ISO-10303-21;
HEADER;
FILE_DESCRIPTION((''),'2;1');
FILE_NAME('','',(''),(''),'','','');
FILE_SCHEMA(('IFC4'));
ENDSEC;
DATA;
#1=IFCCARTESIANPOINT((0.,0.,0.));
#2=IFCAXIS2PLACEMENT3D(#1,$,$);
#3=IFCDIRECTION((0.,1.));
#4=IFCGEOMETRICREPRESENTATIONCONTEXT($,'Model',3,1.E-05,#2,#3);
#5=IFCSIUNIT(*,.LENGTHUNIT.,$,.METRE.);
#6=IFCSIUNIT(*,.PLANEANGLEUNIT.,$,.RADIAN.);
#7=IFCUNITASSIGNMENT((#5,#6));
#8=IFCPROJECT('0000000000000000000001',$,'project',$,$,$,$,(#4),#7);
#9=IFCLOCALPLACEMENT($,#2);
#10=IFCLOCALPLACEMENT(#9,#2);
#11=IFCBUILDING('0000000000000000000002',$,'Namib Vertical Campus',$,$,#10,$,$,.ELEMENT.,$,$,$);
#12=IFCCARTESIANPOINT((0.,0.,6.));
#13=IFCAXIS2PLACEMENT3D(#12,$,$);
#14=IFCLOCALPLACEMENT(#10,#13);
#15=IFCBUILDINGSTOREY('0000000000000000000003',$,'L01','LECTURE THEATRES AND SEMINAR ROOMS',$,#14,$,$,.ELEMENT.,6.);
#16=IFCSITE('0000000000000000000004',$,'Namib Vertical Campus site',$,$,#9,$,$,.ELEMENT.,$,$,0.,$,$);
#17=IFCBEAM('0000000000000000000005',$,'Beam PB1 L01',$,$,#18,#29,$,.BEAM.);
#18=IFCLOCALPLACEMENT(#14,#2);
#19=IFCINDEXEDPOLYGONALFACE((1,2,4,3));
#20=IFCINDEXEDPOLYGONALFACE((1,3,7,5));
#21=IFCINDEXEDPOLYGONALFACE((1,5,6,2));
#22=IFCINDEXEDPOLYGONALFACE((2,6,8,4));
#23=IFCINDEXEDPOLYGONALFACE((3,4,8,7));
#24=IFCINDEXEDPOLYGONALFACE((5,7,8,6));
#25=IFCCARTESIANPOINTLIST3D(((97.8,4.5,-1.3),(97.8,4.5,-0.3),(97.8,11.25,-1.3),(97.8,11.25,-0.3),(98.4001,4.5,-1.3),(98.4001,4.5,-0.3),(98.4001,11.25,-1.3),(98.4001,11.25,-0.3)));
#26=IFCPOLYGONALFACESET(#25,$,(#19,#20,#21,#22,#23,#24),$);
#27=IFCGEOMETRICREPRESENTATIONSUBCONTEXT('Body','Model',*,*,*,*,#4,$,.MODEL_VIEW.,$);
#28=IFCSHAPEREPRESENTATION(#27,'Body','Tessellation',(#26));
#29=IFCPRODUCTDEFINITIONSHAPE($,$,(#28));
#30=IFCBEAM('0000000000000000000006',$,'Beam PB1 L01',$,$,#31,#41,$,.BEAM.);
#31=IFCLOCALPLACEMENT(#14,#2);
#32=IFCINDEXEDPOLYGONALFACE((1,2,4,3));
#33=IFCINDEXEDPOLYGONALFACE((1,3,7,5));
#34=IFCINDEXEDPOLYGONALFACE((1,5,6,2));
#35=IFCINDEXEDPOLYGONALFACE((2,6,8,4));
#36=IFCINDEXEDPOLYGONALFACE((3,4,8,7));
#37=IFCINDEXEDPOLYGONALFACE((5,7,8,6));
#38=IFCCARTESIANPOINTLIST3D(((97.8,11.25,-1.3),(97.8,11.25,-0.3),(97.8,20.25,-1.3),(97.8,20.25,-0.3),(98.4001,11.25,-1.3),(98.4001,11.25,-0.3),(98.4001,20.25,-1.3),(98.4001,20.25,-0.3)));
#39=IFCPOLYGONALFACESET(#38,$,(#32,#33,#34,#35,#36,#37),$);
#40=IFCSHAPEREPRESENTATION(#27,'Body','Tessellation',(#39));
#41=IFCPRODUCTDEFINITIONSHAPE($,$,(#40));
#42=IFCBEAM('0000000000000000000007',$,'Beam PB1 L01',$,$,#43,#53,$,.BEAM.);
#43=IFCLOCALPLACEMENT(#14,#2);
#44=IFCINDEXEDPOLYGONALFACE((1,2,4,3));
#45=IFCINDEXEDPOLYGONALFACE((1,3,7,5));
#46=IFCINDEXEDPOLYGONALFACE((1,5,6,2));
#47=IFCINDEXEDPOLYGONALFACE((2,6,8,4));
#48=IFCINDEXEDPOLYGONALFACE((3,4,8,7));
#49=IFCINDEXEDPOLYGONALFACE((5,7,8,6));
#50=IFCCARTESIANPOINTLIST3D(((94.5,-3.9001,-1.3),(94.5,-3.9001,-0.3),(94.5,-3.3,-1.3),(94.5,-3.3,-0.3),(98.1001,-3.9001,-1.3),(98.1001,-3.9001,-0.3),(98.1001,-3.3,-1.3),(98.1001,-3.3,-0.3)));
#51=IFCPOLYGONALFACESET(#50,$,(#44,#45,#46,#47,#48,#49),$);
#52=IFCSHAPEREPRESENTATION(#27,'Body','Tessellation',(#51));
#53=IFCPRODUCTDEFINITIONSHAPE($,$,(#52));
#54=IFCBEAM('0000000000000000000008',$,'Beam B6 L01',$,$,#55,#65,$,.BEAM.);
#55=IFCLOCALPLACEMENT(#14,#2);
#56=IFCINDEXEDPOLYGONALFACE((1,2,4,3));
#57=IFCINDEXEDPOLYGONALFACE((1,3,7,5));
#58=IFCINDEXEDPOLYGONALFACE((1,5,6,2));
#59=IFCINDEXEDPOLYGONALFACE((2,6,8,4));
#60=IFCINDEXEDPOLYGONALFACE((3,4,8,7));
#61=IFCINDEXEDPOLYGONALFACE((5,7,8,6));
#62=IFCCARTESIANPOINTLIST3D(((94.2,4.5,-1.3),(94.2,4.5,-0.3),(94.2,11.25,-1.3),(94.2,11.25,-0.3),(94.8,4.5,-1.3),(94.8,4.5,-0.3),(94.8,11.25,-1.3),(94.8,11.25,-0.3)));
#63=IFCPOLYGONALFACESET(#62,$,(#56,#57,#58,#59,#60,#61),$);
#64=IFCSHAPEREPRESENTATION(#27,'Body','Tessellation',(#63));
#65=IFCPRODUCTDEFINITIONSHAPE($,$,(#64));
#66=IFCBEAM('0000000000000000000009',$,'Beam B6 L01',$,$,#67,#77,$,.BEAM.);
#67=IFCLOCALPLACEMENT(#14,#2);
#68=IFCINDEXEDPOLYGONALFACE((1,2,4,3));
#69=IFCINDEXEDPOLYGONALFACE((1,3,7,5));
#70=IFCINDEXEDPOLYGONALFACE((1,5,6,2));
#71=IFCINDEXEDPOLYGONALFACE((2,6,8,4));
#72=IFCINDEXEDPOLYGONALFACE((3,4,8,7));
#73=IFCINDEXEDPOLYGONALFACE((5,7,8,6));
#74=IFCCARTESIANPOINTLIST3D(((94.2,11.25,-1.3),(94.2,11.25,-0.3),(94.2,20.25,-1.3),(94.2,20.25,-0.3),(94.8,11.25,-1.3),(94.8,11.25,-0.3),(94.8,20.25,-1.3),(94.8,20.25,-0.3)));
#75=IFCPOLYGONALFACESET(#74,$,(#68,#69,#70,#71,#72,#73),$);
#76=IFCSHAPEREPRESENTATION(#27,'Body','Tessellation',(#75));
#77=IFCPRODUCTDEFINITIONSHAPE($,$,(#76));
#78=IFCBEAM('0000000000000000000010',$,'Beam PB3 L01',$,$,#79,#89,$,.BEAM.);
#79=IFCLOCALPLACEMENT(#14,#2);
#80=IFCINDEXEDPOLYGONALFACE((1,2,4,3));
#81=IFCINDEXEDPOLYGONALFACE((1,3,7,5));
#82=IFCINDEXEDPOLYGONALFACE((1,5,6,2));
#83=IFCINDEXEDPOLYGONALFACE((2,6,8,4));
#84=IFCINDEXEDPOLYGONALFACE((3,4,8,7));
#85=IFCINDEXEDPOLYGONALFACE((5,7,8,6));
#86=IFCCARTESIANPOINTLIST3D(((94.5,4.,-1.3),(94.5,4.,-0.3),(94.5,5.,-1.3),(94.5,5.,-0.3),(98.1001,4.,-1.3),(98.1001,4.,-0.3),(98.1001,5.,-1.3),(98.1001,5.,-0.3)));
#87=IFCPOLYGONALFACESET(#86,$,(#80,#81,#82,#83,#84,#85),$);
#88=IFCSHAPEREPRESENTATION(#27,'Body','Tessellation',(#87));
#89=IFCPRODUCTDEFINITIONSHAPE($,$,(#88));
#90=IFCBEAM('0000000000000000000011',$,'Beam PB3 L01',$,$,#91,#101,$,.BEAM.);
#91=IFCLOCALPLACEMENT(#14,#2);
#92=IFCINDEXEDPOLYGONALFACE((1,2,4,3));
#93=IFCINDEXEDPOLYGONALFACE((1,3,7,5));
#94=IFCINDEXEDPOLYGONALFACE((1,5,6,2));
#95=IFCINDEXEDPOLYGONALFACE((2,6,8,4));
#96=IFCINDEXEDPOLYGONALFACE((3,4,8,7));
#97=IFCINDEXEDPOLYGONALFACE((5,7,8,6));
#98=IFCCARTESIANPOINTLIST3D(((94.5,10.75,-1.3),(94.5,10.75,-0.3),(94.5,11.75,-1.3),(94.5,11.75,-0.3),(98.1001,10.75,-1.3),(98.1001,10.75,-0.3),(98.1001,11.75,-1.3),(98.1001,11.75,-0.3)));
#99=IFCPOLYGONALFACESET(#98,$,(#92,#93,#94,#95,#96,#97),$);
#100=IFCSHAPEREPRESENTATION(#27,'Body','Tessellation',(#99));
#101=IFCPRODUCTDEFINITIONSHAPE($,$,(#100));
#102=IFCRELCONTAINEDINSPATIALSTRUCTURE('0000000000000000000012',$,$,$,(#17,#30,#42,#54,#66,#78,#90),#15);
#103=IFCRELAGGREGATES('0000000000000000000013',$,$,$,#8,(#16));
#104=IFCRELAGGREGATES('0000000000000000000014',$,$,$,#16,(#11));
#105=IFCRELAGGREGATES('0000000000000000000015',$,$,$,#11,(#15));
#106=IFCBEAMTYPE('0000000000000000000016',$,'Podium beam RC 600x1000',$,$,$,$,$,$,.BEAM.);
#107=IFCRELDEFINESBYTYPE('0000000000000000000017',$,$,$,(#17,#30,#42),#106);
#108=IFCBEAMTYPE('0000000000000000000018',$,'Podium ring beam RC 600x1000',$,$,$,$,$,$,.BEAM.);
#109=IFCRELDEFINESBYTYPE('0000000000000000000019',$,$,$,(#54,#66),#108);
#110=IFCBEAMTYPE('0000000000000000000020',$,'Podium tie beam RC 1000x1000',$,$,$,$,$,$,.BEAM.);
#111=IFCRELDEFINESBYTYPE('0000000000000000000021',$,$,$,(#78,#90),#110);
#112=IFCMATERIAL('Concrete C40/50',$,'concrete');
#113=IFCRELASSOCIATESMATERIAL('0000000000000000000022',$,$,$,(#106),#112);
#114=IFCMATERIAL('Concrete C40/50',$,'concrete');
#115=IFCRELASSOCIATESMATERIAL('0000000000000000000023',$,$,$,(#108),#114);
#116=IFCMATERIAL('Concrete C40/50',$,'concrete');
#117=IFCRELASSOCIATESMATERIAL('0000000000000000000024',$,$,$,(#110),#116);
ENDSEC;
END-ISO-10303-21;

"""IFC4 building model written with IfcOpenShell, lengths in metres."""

from ifc_helpers import new_model, si_unit, direction, frame, origin, origin_2d, place, context, subcontext, project, spatial, rectangle, extrude, material, material_profile, profile_set, type_object, element, save


model = new_model("IFC4")

# Units and contexts
model_context = context("Model", 3, precision=1e-05, world=origin(), true_north=direction((0.0, 1.0)))
body_context = subcontext(model_context, "Body", "Model", "MODEL_VIEW")
ifc_project = project(units=[si_unit("LENGTHUNIT", "METRE"), si_unit("PLANEANGLEUNIT", "RADIAN")], contexts=[model_context])

# Site, building, storey
site_placement = place(None, origin())
site = spatial("IfcSite", under=ifc_project, at=site_placement, Name="Namib Vertical Campus site", CompositionType="ELEMENT", RefElevation=0.0)
building_placement = place(site_placement, origin())
building = spatial("IfcBuilding", under=site, at=building_placement, Name="Namib Vertical Campus", CompositionType="ELEMENT")
storey_placement = place(building_placement, frame((0.0, 0.0, 6.0)))
storey = spatial("IfcBuildingStorey", under=building, at=storey_placement, Name="L01", Description="LECTURE THEATRES AND SEMINAR ROOMS", CompositionType="ELEMENT", Elevation=6.0)

# Beams
ifc_material_1 = material(Name="Concrete C40/50", Category="concrete")
ifc_material_profile_1 = material_profile(ifc_material_1, rectangle(XDim=0.6001, YDim=1.0, at=origin_2d()))
ifc_profile_set_1 = profile_set([ifc_material_profile_1], Name="Concrete C40/50")
beam_type_1 = type_object("IfcBeamType", Name="Podium beam RC 600x1000", PredefinedType="BEAM", material=ifc_profile_set_1)
beam_1_placement = place(storey_placement, frame((98.1001, 4.5, -0.8), z_axis=(0.0, 1.0, 0.0), x_axis=(-1.0, 0.0, 0.0)))
element("IfcBeam", 1, at=beam_1_placement, inside=storey, type_object=beam_type_1, Name="Beam PB1 L01", PredefinedType="BEAM", context=body_context, shape_type="SweptSolid", body=[
    extrude(rectangle(XDim=0.6001, YDim=1.0, at=origin_2d()), origin(), (0.0, 0.0, 1.0), 6.75),
])
beam_2_placement = place(storey_placement, frame((98.1001, 11.25, -0.8), z_axis=(0.0, 1.0, 0.0), x_axis=(-1.0, 0.0, 0.0)))
element("IfcBeam", 2, at=beam_2_placement, inside=storey, type_object=beam_type_1, Name="Beam PB1 L01", PredefinedType="BEAM", context=body_context, shape_type="SweptSolid", body=[
    extrude(rectangle(XDim=0.6001, YDim=1.0, at=origin_2d()), origin(), (0.0, 0.0, 1.0), 9.0),
])
beam_3_placement = place(storey_placement, frame((94.5, -3.6001, -0.8), z_axis=(1.0, 0.0, 0.0), x_axis=(0.0, 1.0, 0.0)))
element("IfcBeam", 3, at=beam_3_placement, inside=storey, type_object=beam_type_1, Name="Beam PB1 L01", PredefinedType="BEAM", context=body_context, shape_type="SweptSolid", body=[
    extrude(rectangle(XDim=0.6001, YDim=1.0, at=origin_2d()), origin(), (0.0, 0.0, 1.0), 3.6001),
])
ifc_material_2 = material(Name="Concrete C40/50", Category="concrete")
ifc_material_profile_2 = material_profile(ifc_material_2, rectangle(XDim=0.6001, YDim=1.0, at=origin_2d()))
ifc_profile_set_2 = profile_set([ifc_material_profile_2], Name="Concrete C40/50")
beam_type_2 = type_object("IfcBeamType", Name="Podium ring beam RC 600x1000", PredefinedType="BEAM", material=ifc_profile_set_2)
beam_4_placement = place(storey_placement, frame((94.5, 4.5, -0.8), z_axis=(0.0, 1.0, 0.0), x_axis=(-1.0, 0.0, 0.0)))
element("IfcBeam", 4, at=beam_4_placement, inside=storey, type_object=beam_type_2, Name="Beam B6 L01", PredefinedType="BEAM", context=body_context, shape_type="SweptSolid", body=[
    extrude(rectangle(XDim=0.6001, YDim=1.0, at=origin_2d()), origin(), (0.0, 0.0, 1.0), 6.75),
])
beam_5_placement = place(storey_placement, frame((94.5, 11.25, -0.8), z_axis=(0.0, 1.0, 0.0), x_axis=(-1.0, 0.0, 0.0)))
element("IfcBeam", 5, at=beam_5_placement, inside=storey, type_object=beam_type_2, Name="Beam B6 L01", PredefinedType="BEAM", context=body_context, shape_type="SweptSolid", body=[
    extrude(rectangle(XDim=0.6001, YDim=1.0, at=origin_2d()), origin(), (0.0, 0.0, 1.0), 9.0),
])
ifc_material_3 = material(Name="Concrete C40/50", Category="concrete")
ifc_material_profile_3 = material_profile(ifc_material_3, rectangle(XDim=1.0, YDim=1.0, at=origin_2d()))
ifc_profile_set_3 = profile_set([ifc_material_profile_3], Name="Concrete C40/50")
beam_type_3 = type_object("IfcBeamType", Name="Podium tie beam RC 1000x1000", PredefinedType="BEAM", material=ifc_profile_set_3)
for number, where, z_axis, x_axis, name in (
    (6, (94.5, 4.5, -0.8), (1.0, 0.0, 0.0), (0.0, 1.0, 0.0), "Beam PB3 L01"),
    (7, (94.5, 11.25, -0.8), (1.0, 0.0, 0.0), (0.0, 1.0, 0.0), "Beam PB3 L01"),
):
    element("IfcBeam", number, at=place(storey_placement, frame(where, z_axis=z_axis, x_axis=x_axis)), inside=storey, type_object=beam_type_3, Name=name, PredefinedType="BEAM", context=body_context, shape_type="SweptSolid", body=[
        extrude(rectangle(XDim=1.0, YDim=1.0, at=origin_2d()), origin(), (0.0, 0.0, 1.0), 3.6001),
    ])

save(model, "model.ifc")
